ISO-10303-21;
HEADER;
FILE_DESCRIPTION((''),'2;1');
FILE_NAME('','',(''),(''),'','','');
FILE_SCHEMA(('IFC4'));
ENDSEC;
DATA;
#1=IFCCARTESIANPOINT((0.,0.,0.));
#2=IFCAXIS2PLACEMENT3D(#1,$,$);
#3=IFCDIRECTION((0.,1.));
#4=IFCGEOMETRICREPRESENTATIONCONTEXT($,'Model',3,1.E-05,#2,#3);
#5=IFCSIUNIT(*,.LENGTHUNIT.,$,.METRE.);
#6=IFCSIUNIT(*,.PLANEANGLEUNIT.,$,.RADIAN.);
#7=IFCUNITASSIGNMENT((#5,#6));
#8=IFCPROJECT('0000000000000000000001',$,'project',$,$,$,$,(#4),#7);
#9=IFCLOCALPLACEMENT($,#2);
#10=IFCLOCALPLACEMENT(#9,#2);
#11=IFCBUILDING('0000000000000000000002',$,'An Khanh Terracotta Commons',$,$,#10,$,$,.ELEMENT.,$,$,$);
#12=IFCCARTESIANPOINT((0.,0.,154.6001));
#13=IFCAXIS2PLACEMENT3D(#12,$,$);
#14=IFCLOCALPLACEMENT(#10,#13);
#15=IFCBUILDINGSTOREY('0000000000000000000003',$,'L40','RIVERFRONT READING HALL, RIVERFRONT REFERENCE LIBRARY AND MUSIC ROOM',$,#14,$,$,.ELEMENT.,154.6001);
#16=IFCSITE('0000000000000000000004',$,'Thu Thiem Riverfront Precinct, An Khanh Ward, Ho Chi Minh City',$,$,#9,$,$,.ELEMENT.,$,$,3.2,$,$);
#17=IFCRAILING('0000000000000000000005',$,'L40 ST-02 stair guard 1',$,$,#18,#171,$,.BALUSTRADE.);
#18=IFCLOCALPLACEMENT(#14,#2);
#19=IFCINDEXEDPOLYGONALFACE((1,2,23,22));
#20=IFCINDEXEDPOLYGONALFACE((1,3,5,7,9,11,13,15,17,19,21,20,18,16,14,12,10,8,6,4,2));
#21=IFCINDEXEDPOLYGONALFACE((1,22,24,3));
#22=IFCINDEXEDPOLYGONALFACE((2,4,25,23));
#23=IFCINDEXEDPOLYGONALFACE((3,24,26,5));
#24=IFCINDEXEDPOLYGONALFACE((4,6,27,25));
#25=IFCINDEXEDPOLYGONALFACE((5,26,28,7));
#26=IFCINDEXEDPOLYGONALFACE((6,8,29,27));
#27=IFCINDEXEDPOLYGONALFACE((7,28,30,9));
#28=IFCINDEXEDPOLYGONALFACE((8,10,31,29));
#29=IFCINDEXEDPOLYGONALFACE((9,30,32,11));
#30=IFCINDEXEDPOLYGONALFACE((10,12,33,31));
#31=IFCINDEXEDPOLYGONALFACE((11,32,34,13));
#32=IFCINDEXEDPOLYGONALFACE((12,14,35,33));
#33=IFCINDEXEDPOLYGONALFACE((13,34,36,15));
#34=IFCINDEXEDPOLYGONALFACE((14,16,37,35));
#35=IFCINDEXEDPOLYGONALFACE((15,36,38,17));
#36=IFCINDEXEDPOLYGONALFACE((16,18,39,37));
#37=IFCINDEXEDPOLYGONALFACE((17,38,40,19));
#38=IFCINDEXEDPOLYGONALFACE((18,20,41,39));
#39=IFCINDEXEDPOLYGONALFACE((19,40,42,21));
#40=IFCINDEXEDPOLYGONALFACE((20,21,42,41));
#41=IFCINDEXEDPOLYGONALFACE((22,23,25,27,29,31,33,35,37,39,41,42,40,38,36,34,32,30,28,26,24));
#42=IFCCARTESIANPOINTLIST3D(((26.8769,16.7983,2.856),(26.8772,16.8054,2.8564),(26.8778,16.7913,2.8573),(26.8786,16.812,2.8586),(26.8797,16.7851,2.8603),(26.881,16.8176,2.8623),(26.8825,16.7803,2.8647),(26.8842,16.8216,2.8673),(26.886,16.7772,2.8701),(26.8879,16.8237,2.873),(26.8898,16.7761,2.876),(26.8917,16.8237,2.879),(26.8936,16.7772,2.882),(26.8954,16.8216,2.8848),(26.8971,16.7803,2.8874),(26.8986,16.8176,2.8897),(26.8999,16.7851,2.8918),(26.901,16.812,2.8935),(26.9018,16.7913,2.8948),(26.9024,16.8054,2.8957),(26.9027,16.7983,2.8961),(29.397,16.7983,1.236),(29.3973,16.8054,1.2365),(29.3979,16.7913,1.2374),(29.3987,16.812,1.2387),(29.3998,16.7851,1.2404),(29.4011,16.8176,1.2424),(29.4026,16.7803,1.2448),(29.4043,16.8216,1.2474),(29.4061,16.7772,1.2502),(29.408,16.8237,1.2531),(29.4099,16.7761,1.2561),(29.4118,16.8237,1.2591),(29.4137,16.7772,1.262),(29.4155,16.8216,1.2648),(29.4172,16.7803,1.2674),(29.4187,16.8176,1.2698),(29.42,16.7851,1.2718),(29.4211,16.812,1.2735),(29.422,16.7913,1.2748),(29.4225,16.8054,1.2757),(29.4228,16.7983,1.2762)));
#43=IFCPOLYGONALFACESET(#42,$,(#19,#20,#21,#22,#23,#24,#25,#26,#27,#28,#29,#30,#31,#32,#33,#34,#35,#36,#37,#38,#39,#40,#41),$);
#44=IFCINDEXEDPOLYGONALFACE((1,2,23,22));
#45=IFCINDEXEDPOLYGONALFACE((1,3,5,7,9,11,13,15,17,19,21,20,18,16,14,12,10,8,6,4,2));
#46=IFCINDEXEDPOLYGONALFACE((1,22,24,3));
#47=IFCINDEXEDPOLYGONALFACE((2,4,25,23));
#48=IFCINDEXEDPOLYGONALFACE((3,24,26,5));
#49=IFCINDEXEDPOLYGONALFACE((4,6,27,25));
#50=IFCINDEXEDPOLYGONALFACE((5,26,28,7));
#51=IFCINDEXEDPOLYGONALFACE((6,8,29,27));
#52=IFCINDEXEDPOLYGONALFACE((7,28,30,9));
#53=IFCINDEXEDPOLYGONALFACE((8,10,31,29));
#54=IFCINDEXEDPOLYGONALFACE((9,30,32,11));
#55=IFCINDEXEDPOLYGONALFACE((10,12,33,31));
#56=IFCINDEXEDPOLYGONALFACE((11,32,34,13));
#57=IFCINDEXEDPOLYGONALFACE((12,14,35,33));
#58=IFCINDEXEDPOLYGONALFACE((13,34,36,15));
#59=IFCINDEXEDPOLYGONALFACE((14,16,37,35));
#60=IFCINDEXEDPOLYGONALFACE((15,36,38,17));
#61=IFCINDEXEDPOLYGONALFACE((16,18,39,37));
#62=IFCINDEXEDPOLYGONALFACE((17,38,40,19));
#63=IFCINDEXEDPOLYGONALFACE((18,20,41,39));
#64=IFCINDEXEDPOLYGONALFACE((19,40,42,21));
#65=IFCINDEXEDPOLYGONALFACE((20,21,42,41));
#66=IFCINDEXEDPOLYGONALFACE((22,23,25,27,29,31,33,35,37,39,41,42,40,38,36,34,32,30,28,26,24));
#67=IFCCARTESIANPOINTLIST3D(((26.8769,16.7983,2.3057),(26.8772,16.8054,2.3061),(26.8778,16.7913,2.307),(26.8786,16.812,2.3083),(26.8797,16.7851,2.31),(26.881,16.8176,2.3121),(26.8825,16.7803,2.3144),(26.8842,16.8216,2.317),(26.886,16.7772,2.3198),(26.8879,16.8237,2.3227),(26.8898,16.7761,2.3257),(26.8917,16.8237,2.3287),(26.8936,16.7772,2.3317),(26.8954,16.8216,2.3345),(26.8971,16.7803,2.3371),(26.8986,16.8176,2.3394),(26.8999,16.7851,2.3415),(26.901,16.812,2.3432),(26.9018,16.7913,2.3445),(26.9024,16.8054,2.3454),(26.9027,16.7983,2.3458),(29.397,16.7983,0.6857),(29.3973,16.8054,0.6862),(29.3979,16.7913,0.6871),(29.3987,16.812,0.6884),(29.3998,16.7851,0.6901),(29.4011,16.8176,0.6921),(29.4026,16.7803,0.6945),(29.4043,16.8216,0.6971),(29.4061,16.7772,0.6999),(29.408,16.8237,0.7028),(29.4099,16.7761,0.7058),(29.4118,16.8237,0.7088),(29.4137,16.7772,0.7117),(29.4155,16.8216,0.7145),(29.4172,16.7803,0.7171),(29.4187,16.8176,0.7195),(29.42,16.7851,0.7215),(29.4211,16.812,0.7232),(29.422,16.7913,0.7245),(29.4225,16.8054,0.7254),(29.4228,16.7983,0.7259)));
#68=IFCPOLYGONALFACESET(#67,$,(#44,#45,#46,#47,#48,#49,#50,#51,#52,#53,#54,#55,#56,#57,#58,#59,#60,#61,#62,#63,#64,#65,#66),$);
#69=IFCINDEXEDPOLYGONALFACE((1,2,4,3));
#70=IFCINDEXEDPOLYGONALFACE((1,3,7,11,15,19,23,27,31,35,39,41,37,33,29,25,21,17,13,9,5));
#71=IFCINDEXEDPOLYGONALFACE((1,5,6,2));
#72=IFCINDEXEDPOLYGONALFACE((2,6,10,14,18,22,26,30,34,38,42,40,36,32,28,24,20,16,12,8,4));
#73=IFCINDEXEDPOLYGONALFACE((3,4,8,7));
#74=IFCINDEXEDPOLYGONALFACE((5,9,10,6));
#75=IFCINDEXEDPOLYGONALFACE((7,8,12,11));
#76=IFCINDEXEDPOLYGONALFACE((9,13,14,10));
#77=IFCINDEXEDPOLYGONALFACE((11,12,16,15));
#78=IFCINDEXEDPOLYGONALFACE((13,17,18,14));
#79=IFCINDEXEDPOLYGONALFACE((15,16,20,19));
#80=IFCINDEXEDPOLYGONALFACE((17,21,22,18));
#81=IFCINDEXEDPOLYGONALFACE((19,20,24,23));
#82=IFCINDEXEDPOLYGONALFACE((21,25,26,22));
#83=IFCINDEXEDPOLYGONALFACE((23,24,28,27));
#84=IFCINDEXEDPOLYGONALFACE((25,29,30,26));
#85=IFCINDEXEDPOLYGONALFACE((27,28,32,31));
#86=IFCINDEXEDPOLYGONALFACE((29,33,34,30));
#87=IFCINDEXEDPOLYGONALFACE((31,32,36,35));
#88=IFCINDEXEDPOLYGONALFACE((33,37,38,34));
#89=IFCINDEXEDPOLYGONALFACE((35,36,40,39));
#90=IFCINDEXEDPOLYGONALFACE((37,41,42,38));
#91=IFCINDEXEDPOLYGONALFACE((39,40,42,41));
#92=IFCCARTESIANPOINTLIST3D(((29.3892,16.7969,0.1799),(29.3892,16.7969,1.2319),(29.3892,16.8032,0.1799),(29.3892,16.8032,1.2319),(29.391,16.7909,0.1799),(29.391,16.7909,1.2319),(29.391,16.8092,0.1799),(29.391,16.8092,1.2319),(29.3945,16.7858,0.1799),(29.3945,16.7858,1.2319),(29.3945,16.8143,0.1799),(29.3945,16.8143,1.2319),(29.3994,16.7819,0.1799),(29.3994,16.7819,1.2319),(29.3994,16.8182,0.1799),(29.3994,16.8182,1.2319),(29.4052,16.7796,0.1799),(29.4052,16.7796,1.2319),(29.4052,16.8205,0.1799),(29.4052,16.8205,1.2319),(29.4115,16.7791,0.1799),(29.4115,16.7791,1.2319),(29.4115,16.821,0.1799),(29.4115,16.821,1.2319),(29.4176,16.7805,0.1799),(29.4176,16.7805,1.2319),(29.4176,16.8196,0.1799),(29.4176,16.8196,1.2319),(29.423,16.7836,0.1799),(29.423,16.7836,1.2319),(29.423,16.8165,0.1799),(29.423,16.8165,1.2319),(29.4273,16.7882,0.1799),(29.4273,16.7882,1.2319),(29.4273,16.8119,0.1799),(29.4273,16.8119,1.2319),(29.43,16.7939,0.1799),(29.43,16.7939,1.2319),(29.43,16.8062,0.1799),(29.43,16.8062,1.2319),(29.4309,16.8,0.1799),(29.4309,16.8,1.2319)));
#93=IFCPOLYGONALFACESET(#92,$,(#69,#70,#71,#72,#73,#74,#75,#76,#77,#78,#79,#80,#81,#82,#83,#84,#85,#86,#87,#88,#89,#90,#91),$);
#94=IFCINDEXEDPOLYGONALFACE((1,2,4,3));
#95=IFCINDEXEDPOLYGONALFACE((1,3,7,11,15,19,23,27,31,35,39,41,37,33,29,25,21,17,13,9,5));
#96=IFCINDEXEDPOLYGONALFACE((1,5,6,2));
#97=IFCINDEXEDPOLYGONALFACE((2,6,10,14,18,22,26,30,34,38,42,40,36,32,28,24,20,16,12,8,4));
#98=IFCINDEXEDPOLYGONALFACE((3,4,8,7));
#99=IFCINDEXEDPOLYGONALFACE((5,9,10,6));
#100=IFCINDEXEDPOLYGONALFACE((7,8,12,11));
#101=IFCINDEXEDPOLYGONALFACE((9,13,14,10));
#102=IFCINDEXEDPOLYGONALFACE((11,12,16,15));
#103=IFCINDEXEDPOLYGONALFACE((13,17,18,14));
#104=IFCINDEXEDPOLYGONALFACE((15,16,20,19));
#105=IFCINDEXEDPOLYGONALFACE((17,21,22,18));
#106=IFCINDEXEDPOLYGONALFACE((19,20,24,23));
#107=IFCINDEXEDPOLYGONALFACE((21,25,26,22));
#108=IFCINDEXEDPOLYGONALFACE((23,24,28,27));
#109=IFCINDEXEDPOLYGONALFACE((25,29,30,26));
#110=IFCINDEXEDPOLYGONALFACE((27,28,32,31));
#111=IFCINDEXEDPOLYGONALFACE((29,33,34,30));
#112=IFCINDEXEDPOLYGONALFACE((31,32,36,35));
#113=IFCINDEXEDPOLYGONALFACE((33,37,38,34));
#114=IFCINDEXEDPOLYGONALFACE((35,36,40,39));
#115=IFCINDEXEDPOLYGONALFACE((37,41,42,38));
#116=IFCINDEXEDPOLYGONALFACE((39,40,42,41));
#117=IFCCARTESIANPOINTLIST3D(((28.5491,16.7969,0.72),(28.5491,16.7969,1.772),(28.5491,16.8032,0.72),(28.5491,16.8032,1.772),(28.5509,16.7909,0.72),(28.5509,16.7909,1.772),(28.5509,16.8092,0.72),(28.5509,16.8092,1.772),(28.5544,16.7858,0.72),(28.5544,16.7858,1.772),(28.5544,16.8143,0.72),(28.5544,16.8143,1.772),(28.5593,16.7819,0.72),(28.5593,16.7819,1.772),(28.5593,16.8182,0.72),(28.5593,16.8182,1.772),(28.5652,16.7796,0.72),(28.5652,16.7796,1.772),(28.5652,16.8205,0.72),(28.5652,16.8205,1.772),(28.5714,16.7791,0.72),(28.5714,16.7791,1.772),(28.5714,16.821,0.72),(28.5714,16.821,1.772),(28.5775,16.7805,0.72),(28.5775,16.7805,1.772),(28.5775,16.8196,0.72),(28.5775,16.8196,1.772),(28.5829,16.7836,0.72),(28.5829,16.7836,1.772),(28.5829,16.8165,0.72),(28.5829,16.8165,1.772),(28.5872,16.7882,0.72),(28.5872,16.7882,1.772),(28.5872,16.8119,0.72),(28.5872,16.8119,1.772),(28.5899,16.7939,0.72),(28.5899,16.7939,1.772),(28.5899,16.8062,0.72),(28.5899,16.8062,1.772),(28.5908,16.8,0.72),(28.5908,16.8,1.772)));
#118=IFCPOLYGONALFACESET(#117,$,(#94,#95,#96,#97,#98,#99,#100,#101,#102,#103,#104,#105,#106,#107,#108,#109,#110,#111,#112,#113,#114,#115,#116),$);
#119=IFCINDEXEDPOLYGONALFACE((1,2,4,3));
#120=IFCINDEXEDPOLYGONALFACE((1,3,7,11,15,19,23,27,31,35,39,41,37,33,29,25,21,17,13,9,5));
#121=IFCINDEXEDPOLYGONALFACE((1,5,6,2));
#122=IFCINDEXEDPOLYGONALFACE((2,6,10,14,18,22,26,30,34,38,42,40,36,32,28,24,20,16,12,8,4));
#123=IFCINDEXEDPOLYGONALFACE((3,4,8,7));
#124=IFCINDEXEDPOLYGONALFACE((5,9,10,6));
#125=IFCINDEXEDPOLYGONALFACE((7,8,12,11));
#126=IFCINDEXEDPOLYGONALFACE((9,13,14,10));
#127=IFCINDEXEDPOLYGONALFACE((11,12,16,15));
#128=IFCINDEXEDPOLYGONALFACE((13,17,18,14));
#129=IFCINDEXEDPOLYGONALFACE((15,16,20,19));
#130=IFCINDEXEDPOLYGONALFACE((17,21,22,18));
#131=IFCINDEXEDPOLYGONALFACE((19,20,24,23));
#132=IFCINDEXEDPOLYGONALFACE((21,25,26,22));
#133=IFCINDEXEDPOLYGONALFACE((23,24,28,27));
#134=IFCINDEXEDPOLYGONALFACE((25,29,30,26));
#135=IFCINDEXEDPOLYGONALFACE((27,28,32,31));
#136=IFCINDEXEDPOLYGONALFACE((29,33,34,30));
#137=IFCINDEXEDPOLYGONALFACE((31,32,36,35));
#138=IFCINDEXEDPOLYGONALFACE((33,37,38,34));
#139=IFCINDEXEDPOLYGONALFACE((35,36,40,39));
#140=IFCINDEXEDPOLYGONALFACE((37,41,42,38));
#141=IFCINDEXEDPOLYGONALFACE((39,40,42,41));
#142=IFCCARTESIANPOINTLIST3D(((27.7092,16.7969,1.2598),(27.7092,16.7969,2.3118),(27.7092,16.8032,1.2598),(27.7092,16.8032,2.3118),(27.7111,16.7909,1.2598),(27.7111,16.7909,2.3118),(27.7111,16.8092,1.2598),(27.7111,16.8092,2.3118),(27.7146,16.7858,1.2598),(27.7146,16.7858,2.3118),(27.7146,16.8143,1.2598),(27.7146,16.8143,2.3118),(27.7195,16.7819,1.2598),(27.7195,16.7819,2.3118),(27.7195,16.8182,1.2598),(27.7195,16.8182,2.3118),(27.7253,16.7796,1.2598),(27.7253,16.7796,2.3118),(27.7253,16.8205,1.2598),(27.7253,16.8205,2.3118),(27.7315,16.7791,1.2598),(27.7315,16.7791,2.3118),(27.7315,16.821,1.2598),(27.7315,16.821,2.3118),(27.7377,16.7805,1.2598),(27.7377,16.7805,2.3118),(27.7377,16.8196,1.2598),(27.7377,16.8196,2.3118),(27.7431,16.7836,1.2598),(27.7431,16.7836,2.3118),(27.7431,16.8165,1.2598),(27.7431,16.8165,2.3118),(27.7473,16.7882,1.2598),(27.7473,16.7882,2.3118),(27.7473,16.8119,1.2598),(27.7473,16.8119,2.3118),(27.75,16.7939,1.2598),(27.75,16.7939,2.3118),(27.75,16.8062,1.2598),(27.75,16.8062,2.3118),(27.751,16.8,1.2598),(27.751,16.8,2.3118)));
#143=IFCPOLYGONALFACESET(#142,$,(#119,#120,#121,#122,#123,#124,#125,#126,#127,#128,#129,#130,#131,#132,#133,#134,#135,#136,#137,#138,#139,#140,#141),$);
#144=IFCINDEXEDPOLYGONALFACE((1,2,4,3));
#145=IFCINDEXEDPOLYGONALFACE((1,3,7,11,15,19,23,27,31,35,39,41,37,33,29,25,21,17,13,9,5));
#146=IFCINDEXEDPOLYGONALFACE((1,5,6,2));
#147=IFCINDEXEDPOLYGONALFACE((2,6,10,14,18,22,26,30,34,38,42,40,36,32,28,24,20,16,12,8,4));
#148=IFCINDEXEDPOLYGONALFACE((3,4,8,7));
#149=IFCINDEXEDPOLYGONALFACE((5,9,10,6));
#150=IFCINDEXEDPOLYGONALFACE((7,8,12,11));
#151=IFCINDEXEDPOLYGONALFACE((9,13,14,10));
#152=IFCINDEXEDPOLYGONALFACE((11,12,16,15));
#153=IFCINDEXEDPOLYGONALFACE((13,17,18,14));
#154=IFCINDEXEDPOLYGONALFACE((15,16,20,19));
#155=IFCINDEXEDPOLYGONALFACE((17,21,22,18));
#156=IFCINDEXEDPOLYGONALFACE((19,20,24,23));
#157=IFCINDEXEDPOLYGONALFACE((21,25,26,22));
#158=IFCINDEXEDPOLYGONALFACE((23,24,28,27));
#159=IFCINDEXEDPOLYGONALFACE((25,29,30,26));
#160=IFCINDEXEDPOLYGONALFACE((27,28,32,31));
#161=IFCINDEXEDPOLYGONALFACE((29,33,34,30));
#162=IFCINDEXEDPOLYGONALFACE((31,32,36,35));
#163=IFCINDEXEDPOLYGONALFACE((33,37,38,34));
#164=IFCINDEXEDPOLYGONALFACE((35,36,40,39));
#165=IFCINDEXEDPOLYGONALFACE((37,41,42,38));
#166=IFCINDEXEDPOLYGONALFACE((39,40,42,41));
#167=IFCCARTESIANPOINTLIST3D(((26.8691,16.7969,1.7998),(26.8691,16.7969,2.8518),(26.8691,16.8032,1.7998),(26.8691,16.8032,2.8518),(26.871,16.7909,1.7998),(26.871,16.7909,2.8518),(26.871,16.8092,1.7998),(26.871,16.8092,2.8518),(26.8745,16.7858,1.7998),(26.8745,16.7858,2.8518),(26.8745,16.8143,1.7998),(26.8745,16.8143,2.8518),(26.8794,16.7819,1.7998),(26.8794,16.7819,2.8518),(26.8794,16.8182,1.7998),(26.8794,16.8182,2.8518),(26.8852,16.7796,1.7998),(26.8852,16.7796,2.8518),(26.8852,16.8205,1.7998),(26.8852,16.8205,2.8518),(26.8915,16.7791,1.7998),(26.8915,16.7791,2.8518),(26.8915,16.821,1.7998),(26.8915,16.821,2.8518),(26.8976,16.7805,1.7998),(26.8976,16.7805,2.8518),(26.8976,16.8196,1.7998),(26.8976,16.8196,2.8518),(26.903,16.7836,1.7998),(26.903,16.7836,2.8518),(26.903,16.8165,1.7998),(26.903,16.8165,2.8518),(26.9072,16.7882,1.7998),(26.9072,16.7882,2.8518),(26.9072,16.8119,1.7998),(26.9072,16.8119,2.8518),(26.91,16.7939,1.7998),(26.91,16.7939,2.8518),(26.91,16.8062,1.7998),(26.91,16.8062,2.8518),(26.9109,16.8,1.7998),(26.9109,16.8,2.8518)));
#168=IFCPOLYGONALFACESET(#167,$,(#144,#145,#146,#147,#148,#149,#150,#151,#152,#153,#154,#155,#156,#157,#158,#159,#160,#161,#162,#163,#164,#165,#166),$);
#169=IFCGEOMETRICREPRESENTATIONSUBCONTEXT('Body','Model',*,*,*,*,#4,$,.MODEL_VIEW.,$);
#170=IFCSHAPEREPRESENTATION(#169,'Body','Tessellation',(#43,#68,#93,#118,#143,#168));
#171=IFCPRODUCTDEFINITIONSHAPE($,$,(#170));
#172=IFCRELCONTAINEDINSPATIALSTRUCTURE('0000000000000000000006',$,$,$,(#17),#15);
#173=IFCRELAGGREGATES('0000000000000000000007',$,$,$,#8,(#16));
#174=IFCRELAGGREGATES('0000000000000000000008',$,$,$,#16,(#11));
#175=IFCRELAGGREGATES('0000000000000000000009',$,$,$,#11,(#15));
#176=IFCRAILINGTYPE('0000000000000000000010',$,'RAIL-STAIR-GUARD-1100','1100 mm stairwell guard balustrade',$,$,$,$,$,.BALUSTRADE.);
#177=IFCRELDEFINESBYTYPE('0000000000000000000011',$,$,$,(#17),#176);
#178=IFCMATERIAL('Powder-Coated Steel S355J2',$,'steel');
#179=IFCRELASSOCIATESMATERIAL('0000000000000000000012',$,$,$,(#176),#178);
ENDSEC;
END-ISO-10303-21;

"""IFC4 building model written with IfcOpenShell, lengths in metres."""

from ifc_helpers import new_model, si_unit, direction, frame, origin, origin_2d, place, context, subcontext, project, spatial, circle, extrude, material, type_object, element, save


model = new_model("IFC4")

# Units and contexts
model_context = context("Model", 3, precision=1e-05, world=origin(), true_north=direction((0.0, 1.0)))
body_context = subcontext(model_context, "Body", "Model", "MODEL_VIEW")
ifc_project = project(units=[si_unit("LENGTHUNIT", "METRE"), si_unit("PLANEANGLEUNIT", "RADIAN")], contexts=[model_context])

# Site, building, storey
site_placement = place(None, origin())
site = spatial("IfcSite", under=ifc_project, at=site_placement, Name="Thu Thiem Riverfront Precinct, An Khanh Ward, Ho Chi Minh City", CompositionType="ELEMENT", RefElevation=3.2)
building_placement = place(site_placement, origin())
building = spatial("IfcBuilding", under=site, at=building_placement, Name="An Khanh Terracotta Commons", CompositionType="ELEMENT")
storey_placement = place(building_placement, frame((0.0, 0.0, 154.6001)))
storey = spatial("IfcBuildingStorey", under=building, at=storey_placement, Name="L40", Description="RIVERFRONT READING HALL, RIVERFRONT REFERENCE LIBRARY AND MUSIC ROOM", CompositionType="ELEMENT", Elevation=154.6001)

# Railing
ifc_material_1 = material(Name="Powder-Coated Steel S355J2", Category="steel")
railing_type_1 = type_object("IfcRailingType", Name="RAIL-STAIR-GUARD-1100", Description="1100 mm stairwell guard balustrade", PredefinedType="BALUSTRADE", material=ifc_material_1)
railing_1_placement = place(storey_placement, frame((29.4099, 16.8, 0.1799)))
element("IfcRailing", 1, at=railing_1_placement, inside=storey, type_object=railing_type_1, Name="L40 ST-02 stair guard 1", PredefinedType="BALUSTRADE", context=body_context, shape_type="SweptSolid", body=[
    extrude(circle(Radius=0.0239, at=origin_2d()), frame((0.0, 0.0, 1.0762), z_axis=(-0.8412, 0.0, 0.540725), x_axis=(0.0, -1.0, 0.0)), (0.0, 0.0, 1.0), 2.9958),
    extrude(circle(Radius=0.0239, at=origin_2d()), frame((0.0, 0.0, 0.5259), z_axis=(-0.8412, 0.0, 0.540725), x_axis=(0.0, -1.0, 0.0)), (0.0, 0.0, 1.0), 2.9958),
    extrude(circle(Radius=0.021, at=origin_2d()), origin(), (0.0, 0.0, 1.0), 1.052),
    extrude(circle(Radius=0.021, at=origin_2d()), frame((-0.8401, 0.0, 0.54)), (0.0, 0.0, 1.0), 1.052),
    extrude(circle(Radius=0.021, at=origin_2d()), frame((-1.6799, 0.0, 1.0798)), (0.0, 0.0, 1.0), 1.052),
    extrude(circle(Radius=0.021, at=origin_2d()), frame((-2.52, 0.0, 1.6199)), (0.0, 0.0, 1.0), 1.052),
])

save(model, "model.ifc")
